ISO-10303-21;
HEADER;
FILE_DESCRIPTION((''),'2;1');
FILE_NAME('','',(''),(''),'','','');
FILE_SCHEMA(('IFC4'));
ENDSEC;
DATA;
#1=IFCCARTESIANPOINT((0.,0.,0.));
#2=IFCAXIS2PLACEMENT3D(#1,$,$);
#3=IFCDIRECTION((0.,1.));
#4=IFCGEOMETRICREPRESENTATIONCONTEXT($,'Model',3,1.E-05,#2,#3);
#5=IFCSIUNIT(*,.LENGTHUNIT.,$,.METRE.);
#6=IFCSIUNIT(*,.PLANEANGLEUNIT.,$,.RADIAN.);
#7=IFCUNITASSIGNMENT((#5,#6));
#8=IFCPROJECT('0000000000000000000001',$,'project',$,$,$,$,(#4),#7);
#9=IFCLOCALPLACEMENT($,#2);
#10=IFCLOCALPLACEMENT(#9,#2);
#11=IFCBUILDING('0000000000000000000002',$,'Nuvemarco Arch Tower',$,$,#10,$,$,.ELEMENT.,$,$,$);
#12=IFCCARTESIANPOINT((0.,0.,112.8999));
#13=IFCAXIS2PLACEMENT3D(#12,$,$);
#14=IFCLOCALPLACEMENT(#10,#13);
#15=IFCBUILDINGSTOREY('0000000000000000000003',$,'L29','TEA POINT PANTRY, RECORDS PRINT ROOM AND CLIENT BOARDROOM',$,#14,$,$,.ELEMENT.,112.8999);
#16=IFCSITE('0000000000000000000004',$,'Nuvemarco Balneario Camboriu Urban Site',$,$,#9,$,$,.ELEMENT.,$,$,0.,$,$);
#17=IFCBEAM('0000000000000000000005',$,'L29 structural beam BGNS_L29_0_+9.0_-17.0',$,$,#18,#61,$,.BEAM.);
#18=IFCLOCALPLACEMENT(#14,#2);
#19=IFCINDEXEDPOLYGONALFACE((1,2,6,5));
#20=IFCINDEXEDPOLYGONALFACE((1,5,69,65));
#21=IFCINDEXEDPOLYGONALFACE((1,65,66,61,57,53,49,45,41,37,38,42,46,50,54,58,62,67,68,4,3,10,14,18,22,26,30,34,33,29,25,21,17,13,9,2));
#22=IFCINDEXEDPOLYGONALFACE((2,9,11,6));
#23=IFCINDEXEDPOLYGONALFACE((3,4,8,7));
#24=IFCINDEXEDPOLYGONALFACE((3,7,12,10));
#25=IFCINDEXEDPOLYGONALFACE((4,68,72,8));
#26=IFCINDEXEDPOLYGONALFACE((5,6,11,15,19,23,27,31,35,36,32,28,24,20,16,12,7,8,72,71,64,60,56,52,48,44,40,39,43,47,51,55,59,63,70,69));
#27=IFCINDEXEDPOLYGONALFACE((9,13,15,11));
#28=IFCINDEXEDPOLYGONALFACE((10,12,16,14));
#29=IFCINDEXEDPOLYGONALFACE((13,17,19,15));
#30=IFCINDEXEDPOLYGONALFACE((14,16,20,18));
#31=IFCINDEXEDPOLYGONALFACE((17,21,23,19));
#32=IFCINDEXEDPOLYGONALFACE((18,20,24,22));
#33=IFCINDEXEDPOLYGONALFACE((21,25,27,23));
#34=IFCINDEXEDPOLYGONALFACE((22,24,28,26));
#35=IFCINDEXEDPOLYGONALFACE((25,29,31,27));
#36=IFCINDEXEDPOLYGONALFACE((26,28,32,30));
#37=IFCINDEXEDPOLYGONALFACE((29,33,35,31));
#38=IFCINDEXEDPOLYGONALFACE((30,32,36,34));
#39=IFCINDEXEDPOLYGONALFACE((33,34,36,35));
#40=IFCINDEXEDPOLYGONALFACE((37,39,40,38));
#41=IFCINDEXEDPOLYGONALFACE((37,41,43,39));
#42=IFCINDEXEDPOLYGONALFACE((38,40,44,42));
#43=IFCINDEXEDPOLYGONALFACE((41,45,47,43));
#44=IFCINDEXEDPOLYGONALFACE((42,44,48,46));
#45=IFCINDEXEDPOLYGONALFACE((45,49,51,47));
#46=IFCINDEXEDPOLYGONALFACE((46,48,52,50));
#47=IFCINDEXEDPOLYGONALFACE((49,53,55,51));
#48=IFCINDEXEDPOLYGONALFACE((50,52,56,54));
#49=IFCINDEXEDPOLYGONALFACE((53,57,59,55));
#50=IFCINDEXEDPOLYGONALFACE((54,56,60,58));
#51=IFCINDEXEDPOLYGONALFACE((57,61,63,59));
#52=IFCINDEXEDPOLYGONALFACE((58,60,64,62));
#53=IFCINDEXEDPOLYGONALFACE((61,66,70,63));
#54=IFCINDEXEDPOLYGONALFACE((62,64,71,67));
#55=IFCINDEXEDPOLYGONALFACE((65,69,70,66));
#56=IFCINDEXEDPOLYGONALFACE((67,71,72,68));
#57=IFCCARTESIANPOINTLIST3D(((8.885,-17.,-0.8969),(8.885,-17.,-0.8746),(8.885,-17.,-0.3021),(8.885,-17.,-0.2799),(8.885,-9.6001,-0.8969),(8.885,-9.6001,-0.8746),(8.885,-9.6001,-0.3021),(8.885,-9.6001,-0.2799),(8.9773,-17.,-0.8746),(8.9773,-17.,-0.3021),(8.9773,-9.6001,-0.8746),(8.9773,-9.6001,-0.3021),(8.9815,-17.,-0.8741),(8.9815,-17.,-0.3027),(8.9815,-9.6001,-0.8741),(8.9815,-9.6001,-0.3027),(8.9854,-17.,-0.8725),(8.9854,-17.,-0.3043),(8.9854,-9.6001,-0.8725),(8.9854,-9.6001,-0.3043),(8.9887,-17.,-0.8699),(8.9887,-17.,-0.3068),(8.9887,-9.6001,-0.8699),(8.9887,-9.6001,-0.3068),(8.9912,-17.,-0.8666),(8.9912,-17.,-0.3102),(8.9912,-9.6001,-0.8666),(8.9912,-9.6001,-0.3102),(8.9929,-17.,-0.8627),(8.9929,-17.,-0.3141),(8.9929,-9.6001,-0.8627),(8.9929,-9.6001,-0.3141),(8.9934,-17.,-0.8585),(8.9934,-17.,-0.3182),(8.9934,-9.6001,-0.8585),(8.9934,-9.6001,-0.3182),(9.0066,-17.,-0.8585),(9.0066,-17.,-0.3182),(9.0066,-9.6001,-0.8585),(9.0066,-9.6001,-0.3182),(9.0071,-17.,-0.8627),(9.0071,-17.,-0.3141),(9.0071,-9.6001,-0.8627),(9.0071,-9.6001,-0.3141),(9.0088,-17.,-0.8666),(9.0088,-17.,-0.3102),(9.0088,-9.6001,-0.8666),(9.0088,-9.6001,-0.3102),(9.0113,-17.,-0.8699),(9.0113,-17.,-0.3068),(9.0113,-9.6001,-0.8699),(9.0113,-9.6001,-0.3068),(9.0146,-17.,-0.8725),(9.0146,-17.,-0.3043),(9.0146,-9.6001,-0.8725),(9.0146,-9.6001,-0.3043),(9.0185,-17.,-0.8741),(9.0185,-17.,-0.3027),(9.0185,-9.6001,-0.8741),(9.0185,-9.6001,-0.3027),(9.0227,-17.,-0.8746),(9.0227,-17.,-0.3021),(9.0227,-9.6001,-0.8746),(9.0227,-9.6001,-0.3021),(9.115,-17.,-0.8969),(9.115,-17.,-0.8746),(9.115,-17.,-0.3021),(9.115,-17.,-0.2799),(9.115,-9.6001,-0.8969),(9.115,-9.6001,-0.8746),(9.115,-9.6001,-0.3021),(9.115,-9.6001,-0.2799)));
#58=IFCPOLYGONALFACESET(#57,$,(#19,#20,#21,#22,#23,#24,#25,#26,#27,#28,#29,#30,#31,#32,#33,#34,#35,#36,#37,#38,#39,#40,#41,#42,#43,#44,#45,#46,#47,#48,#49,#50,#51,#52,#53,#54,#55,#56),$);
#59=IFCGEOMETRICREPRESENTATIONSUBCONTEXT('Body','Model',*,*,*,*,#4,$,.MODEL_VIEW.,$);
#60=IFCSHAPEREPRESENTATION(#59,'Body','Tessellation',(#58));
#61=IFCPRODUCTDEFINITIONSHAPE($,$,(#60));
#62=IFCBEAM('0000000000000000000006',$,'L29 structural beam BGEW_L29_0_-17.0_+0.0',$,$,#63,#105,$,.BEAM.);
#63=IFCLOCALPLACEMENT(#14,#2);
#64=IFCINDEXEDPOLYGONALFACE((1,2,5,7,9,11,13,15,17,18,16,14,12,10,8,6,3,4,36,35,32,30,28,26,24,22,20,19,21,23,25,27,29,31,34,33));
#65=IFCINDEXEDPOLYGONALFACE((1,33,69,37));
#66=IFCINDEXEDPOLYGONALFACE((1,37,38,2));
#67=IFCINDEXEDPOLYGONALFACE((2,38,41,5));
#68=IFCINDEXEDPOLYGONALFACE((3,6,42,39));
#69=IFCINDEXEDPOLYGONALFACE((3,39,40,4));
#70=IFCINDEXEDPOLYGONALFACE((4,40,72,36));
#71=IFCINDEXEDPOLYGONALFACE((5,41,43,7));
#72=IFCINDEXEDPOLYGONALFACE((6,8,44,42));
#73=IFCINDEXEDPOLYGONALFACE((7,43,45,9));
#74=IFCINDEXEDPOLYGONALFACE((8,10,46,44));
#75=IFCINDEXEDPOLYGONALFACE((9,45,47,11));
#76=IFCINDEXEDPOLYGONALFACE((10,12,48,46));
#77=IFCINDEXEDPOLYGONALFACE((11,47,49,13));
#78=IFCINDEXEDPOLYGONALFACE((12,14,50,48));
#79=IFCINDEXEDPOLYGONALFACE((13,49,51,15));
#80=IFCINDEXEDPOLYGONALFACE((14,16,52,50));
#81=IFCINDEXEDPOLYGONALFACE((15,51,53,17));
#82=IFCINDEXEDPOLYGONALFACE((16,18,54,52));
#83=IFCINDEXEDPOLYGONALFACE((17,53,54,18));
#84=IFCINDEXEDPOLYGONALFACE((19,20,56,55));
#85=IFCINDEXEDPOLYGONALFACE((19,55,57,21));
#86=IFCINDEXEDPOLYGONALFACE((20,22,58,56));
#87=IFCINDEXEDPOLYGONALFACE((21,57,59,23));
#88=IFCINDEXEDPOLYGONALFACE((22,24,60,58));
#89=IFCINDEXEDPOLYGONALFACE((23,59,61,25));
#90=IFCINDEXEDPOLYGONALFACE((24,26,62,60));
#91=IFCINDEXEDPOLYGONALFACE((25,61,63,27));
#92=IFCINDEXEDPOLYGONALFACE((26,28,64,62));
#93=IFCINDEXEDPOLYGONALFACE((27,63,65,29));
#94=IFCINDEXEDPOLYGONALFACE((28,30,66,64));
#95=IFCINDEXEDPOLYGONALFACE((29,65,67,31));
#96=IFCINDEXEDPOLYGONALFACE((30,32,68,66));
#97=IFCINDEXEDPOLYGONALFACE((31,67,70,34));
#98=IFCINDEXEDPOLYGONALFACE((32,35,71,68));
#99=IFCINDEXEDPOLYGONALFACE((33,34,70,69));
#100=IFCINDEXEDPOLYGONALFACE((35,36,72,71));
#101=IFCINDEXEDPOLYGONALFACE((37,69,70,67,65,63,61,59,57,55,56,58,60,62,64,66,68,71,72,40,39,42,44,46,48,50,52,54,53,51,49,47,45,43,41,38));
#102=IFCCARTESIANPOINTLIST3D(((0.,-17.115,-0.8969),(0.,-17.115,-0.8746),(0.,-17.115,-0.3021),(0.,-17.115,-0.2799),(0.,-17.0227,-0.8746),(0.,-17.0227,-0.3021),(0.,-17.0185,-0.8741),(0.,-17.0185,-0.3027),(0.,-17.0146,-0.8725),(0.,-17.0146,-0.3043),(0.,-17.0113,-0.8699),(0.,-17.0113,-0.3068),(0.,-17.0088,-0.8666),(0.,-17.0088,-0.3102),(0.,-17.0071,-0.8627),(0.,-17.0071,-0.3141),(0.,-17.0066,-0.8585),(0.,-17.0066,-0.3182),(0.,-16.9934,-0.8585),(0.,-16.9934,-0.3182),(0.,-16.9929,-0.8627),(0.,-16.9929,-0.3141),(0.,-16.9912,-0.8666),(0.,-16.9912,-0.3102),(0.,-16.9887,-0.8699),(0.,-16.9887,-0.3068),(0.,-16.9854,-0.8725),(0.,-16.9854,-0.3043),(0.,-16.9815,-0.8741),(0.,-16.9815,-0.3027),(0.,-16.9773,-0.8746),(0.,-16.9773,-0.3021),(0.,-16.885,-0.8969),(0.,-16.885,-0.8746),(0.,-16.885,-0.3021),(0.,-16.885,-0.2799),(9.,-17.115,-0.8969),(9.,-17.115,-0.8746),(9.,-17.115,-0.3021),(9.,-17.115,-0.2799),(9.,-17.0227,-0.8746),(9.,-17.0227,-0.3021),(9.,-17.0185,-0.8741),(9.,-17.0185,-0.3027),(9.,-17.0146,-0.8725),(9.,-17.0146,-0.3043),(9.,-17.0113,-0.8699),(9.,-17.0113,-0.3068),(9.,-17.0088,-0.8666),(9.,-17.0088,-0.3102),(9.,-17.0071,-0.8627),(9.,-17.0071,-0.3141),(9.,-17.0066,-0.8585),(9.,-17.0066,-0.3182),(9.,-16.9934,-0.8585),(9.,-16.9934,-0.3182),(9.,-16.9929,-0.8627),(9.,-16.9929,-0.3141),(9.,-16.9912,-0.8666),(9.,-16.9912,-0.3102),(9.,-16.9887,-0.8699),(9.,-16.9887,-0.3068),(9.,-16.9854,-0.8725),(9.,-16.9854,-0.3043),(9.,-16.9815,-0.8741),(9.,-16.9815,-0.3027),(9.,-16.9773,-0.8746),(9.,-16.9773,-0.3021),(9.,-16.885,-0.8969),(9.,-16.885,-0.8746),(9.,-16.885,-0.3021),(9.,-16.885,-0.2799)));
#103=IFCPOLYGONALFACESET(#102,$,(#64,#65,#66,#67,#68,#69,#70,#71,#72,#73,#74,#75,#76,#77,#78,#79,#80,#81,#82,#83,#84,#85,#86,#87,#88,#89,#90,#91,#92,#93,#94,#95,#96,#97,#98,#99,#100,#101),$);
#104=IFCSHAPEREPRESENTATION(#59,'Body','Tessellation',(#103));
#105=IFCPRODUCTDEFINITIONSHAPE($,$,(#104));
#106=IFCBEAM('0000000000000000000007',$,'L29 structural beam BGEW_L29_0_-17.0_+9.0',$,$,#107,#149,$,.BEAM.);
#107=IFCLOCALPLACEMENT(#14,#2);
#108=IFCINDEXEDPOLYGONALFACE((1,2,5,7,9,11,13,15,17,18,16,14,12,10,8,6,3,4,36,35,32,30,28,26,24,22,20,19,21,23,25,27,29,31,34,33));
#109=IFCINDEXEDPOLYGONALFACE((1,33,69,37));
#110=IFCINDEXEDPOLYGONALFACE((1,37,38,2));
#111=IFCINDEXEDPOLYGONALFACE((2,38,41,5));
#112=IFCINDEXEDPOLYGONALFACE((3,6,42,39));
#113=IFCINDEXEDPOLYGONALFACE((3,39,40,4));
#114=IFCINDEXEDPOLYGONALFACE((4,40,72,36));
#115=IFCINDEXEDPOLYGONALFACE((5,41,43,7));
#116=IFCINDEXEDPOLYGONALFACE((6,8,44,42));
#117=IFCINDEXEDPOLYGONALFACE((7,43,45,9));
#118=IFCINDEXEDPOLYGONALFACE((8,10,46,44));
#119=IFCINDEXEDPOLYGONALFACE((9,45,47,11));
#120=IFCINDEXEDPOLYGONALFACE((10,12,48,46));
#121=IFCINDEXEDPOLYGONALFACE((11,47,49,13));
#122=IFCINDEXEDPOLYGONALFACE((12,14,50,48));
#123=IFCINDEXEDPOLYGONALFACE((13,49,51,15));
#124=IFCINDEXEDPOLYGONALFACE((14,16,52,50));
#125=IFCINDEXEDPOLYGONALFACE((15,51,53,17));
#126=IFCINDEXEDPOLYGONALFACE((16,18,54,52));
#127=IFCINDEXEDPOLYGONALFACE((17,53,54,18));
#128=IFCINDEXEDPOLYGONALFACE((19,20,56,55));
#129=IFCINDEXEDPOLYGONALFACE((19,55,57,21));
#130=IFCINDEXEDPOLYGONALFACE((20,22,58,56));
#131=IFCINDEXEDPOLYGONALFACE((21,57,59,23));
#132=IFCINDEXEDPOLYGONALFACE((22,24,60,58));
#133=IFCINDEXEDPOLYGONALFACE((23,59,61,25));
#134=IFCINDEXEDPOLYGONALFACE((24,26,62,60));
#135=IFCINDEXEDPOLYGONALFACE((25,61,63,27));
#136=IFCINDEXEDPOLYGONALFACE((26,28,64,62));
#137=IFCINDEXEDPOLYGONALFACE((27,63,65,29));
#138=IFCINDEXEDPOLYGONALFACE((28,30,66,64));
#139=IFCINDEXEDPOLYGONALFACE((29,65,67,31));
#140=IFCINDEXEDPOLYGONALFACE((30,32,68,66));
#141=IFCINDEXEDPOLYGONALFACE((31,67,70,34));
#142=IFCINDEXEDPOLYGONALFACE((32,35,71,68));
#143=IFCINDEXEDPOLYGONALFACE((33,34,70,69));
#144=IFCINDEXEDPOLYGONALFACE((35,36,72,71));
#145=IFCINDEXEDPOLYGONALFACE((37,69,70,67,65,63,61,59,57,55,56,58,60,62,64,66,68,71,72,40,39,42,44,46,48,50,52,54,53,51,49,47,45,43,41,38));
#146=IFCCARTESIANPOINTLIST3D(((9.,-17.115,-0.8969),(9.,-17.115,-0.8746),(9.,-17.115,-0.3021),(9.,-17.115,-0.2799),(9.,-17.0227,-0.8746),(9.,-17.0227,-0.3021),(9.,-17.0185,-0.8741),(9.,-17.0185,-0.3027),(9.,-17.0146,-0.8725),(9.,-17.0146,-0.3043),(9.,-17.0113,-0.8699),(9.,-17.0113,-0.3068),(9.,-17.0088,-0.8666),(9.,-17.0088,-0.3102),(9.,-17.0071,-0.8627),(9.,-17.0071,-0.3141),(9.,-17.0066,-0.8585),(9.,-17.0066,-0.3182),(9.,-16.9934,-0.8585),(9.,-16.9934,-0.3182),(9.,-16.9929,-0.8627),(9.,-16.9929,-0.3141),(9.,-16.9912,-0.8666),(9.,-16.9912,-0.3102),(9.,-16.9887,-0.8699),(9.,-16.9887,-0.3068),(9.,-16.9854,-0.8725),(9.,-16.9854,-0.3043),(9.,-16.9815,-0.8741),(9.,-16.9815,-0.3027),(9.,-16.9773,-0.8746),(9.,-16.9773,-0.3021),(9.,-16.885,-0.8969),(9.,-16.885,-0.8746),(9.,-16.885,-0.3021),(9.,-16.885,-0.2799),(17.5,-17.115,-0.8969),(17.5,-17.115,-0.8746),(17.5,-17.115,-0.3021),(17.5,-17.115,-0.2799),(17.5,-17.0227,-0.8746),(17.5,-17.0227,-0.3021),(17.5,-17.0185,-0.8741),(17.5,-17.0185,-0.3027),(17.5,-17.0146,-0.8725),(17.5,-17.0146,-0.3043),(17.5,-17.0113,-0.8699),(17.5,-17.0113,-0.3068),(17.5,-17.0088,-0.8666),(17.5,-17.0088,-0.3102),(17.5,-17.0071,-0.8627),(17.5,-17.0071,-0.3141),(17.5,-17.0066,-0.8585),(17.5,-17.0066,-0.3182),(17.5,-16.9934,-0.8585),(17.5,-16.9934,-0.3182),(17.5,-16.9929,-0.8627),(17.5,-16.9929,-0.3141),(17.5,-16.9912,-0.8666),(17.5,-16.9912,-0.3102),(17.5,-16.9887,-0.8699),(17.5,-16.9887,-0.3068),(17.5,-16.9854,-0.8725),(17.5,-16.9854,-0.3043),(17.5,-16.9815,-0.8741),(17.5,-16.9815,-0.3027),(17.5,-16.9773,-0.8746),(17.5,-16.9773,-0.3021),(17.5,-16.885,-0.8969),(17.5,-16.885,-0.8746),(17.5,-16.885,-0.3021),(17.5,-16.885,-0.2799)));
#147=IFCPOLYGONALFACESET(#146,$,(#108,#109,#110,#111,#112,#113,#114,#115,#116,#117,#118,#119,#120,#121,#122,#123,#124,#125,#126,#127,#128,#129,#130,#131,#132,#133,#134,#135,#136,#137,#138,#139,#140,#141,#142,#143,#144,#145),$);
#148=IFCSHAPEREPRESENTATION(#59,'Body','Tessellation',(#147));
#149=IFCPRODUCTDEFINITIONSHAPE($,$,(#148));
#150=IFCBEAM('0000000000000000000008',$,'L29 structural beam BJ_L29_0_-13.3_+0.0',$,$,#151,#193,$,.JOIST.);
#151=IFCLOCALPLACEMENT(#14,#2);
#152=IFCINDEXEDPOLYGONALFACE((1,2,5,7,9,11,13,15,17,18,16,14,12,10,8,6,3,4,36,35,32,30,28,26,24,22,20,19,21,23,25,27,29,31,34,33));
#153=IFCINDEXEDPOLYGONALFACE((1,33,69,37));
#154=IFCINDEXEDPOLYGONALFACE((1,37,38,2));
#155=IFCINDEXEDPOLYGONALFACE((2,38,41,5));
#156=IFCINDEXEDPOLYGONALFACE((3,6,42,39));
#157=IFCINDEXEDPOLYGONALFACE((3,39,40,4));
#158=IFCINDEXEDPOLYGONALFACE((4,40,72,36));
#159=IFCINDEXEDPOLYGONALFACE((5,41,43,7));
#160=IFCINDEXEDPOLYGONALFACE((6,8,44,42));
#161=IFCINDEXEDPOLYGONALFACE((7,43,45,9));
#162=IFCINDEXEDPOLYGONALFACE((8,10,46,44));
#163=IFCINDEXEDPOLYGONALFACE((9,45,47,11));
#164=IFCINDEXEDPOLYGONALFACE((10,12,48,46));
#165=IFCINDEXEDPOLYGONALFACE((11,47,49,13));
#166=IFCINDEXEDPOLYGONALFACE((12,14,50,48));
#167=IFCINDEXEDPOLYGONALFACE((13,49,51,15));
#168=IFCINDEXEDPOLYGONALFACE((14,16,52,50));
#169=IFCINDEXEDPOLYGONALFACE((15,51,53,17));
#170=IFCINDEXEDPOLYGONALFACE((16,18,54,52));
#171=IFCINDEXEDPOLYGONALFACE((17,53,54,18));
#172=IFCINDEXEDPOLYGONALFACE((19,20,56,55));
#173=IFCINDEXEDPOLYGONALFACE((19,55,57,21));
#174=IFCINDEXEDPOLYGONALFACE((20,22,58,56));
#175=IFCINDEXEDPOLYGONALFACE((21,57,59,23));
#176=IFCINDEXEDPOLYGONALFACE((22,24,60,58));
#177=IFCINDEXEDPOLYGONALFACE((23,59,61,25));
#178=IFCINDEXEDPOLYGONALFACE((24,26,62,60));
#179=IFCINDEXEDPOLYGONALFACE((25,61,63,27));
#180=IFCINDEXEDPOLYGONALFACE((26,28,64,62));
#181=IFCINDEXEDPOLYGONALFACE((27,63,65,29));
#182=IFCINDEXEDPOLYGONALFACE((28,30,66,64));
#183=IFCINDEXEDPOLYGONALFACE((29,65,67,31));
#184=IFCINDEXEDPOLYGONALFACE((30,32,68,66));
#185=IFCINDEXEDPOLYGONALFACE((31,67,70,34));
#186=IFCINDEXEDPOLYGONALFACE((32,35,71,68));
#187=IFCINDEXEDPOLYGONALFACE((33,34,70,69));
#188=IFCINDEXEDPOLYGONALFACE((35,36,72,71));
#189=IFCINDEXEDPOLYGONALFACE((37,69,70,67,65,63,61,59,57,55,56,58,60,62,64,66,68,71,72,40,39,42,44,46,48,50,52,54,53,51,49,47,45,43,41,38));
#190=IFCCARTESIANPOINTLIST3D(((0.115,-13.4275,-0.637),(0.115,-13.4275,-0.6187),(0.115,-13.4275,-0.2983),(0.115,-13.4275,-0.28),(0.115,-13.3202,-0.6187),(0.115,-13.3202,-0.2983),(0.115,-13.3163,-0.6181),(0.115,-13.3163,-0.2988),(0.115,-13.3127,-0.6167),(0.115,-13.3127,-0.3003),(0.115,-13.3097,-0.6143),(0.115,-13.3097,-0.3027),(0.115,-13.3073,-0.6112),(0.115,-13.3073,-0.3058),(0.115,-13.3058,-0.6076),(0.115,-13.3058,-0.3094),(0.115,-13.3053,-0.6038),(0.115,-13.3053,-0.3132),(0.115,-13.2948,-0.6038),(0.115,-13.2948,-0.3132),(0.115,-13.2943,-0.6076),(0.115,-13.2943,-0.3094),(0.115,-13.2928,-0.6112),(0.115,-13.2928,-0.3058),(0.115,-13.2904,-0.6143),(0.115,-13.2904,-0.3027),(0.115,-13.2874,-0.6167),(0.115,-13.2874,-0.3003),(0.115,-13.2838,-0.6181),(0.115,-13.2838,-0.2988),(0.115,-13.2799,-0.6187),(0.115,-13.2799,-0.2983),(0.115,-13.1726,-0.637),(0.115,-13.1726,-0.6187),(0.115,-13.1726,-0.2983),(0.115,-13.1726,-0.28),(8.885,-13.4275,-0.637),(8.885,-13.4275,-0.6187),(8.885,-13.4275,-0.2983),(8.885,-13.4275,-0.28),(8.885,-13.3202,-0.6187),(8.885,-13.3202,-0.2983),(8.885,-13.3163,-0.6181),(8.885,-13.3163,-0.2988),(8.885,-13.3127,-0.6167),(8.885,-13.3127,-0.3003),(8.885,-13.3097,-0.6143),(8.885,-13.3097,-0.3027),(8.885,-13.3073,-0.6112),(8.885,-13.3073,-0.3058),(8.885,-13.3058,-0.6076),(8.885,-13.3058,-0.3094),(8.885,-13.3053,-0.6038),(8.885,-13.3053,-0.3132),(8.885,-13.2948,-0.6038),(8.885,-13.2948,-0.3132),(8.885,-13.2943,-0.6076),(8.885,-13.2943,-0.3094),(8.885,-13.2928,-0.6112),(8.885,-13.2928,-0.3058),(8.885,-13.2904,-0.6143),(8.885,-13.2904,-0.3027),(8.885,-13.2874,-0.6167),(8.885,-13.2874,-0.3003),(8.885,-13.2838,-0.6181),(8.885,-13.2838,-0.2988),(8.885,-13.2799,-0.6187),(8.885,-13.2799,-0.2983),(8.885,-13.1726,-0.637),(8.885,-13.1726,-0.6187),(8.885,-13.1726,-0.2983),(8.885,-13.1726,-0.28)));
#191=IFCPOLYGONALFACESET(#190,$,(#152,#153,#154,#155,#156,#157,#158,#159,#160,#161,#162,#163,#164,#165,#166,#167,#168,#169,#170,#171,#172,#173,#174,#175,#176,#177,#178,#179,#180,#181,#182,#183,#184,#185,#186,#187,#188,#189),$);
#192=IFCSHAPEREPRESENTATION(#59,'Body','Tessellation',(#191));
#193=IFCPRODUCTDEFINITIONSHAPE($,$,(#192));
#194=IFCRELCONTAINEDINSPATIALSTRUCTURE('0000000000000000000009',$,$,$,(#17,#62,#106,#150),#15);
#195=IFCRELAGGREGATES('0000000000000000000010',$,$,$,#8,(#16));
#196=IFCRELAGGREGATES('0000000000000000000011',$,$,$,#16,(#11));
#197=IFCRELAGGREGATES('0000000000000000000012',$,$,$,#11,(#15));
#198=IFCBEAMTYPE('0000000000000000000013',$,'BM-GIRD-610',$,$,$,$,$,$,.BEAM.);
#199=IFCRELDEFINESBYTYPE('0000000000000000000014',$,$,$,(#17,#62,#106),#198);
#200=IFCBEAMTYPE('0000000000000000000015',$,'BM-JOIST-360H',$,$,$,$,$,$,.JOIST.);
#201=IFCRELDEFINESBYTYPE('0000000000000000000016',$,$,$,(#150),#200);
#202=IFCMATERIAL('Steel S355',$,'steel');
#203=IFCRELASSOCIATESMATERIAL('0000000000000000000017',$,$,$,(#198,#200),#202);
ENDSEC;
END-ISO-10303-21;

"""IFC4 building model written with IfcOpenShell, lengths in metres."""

from ifc_helpers import new_model, si_unit, direction, frame, origin, origin_2d, place, context, subcontext, project, spatial, i_section, extrude, material, material_profile, profile_set, type_object, element, save


model = new_model("IFC4")

# Units and contexts
model_context = context("Model", 3, precision=1e-05, world=origin(), true_north=direction((0.0, 1.0)))
body_context = subcontext(model_context, "Body", "Model", "MODEL_VIEW")
ifc_project = project(units=[si_unit("LENGTHUNIT", "METRE"), si_unit("PLANEANGLEUNIT", "RADIAN")], contexts=[model_context])

# Site, building, storey
site_placement = place(None, origin())
site = spatial("IfcSite", under=ifc_project, at=site_placement, Name="Nuvemarco Balneario Camboriu Urban Site", CompositionType="ELEMENT", RefElevation=0.0)
building_placement = place(site_placement, origin())
building = spatial("IfcBuilding", under=site, at=building_placement, Name="Nuvemarco Arch Tower", CompositionType="ELEMENT")
storey_placement = place(building_placement, frame((0.0, 0.0, 112.8999)))
storey = spatial("IfcBuildingStorey", under=building, at=storey_placement, Name="L29", Description="TEA POINT PANTRY, RECORDS PRINT ROOM AND CLIENT BOARDROOM", CompositionType="ELEMENT", Elevation=112.8999)

# Shared definitions
ifc_material_1 = material(Name="Steel S355", Category="steel")

# Beams
ifc_material_profile_1 = material_profile(ifc_material_1, i_section(OverallWidth=0.23, OverallDepth=0.6169, WebThickness=0.0132, FlangeThickness=0.0222, FilletRadius=0.0161, at=origin_2d()), Name="W610x140")
ifc_profile_set_1 = profile_set([ifc_material_profile_1], Name="Steel S355")
beam_type_1 = type_object("IfcBeamType", Name="BM-GIRD-610", PredefinedType="BEAM", material=ifc_profile_set_1)
beam_1_placement = place(storey_placement, frame((9.0, -17.0, -0.5884), z_axis=(0.0, 1.0, 0.0), x_axis=(-1.0, 0.0, 0.0)))
element("IfcBeam", 1, at=beam_1_placement, inside=storey, type_object=beam_type_1, Name="L29 structural beam BGNS_L29_0_+9.0_-17.0", PredefinedType="BEAM", context=body_context, shape_type="SweptSolid", body=[
    extrude(i_section(OverallWidth=0.23, OverallDepth=0.6169, WebThickness=0.0132, FlangeThickness=0.0222, FilletRadius=0.0161, at=origin_2d()), origin(), (0.0, 0.0, 1.0), 7.3999),
])
beam_2_placement = place(storey_placement, frame((0.0, -17.0, -0.5884), z_axis=(1.0, 0.0, 0.0), x_axis=(0.0, 1.0, 0.0)))
element("IfcBeam", 2, at=beam_2_placement, inside=storey, type_object=beam_type_1, Name="L29 structural beam BGEW_L29_0_-17.0_+0.0", PredefinedType="BEAM", context=body_context, shape_type="SweptSolid", body=[
    extrude(i_section(OverallWidth=0.23, OverallDepth=0.6169, WebThickness=0.0132, FlangeThickness=0.0222, FilletRadius=0.0161, at=origin_2d()), origin(), (0.0, 0.0, 1.0), 9.0),
])
beam_3_placement = place(storey_placement, frame((9.0, -17.0, -0.5884), z_axis=(1.0, 0.0, 0.0), x_axis=(0.0, 1.0, 0.0)))
element("IfcBeam", 3, at=beam_3_placement, inside=storey, type_object=beam_type_1, Name="L29 structural beam BGEW_L29_0_-17.0_+9.0", PredefinedType="BEAM", context=body_context, shape_type="SweptSolid", body=[
    extrude(i_section(OverallWidth=0.23, OverallDepth=0.6169, WebThickness=0.0132, FlangeThickness=0.0222, FilletRadius=0.0161, at=origin_2d()), origin(), (0.0, 0.0, 1.0), 8.5),
])
ifc_material_profile_2 = material_profile(ifc_material_1, i_section(OverallWidth=0.2549, OverallDepth=0.3569, WebThickness=0.0105, FlangeThickness=0.0183, FilletRadius=0.0149, at=origin_2d()), Name="W360x101")
ifc_profile_set_2 = profile_set([ifc_material_profile_2], Name="Steel S355")
beam_type_2 = type_object("IfcBeamType", Name="BM-JOIST-360H", PredefinedType="JOIST", material=ifc_profile_set_2)
beam_4_placement = place(storey_placement, frame((0.115, -13.3, -0.4585), z_axis=(1.0, 0.0, 0.0), x_axis=(0.0, 1.0, 0.0)))
element("IfcBeam", 4, at=beam_4_placement, inside=storey, type_object=beam_type_2, Name="L29 structural beam BJ_L29_0_-13.3_+0.0", PredefinedType="JOIST", context=body_context, shape_type="SweptSolid", body=[
    extrude(i_section(OverallWidth=0.2549, OverallDepth=0.3569, WebThickness=0.0105, FlangeThickness=0.0183, FilletRadius=0.0149, at=origin_2d()), origin(), (0.0, 0.0, 1.0), 8.77),
])

save(model, "model.ifc")
